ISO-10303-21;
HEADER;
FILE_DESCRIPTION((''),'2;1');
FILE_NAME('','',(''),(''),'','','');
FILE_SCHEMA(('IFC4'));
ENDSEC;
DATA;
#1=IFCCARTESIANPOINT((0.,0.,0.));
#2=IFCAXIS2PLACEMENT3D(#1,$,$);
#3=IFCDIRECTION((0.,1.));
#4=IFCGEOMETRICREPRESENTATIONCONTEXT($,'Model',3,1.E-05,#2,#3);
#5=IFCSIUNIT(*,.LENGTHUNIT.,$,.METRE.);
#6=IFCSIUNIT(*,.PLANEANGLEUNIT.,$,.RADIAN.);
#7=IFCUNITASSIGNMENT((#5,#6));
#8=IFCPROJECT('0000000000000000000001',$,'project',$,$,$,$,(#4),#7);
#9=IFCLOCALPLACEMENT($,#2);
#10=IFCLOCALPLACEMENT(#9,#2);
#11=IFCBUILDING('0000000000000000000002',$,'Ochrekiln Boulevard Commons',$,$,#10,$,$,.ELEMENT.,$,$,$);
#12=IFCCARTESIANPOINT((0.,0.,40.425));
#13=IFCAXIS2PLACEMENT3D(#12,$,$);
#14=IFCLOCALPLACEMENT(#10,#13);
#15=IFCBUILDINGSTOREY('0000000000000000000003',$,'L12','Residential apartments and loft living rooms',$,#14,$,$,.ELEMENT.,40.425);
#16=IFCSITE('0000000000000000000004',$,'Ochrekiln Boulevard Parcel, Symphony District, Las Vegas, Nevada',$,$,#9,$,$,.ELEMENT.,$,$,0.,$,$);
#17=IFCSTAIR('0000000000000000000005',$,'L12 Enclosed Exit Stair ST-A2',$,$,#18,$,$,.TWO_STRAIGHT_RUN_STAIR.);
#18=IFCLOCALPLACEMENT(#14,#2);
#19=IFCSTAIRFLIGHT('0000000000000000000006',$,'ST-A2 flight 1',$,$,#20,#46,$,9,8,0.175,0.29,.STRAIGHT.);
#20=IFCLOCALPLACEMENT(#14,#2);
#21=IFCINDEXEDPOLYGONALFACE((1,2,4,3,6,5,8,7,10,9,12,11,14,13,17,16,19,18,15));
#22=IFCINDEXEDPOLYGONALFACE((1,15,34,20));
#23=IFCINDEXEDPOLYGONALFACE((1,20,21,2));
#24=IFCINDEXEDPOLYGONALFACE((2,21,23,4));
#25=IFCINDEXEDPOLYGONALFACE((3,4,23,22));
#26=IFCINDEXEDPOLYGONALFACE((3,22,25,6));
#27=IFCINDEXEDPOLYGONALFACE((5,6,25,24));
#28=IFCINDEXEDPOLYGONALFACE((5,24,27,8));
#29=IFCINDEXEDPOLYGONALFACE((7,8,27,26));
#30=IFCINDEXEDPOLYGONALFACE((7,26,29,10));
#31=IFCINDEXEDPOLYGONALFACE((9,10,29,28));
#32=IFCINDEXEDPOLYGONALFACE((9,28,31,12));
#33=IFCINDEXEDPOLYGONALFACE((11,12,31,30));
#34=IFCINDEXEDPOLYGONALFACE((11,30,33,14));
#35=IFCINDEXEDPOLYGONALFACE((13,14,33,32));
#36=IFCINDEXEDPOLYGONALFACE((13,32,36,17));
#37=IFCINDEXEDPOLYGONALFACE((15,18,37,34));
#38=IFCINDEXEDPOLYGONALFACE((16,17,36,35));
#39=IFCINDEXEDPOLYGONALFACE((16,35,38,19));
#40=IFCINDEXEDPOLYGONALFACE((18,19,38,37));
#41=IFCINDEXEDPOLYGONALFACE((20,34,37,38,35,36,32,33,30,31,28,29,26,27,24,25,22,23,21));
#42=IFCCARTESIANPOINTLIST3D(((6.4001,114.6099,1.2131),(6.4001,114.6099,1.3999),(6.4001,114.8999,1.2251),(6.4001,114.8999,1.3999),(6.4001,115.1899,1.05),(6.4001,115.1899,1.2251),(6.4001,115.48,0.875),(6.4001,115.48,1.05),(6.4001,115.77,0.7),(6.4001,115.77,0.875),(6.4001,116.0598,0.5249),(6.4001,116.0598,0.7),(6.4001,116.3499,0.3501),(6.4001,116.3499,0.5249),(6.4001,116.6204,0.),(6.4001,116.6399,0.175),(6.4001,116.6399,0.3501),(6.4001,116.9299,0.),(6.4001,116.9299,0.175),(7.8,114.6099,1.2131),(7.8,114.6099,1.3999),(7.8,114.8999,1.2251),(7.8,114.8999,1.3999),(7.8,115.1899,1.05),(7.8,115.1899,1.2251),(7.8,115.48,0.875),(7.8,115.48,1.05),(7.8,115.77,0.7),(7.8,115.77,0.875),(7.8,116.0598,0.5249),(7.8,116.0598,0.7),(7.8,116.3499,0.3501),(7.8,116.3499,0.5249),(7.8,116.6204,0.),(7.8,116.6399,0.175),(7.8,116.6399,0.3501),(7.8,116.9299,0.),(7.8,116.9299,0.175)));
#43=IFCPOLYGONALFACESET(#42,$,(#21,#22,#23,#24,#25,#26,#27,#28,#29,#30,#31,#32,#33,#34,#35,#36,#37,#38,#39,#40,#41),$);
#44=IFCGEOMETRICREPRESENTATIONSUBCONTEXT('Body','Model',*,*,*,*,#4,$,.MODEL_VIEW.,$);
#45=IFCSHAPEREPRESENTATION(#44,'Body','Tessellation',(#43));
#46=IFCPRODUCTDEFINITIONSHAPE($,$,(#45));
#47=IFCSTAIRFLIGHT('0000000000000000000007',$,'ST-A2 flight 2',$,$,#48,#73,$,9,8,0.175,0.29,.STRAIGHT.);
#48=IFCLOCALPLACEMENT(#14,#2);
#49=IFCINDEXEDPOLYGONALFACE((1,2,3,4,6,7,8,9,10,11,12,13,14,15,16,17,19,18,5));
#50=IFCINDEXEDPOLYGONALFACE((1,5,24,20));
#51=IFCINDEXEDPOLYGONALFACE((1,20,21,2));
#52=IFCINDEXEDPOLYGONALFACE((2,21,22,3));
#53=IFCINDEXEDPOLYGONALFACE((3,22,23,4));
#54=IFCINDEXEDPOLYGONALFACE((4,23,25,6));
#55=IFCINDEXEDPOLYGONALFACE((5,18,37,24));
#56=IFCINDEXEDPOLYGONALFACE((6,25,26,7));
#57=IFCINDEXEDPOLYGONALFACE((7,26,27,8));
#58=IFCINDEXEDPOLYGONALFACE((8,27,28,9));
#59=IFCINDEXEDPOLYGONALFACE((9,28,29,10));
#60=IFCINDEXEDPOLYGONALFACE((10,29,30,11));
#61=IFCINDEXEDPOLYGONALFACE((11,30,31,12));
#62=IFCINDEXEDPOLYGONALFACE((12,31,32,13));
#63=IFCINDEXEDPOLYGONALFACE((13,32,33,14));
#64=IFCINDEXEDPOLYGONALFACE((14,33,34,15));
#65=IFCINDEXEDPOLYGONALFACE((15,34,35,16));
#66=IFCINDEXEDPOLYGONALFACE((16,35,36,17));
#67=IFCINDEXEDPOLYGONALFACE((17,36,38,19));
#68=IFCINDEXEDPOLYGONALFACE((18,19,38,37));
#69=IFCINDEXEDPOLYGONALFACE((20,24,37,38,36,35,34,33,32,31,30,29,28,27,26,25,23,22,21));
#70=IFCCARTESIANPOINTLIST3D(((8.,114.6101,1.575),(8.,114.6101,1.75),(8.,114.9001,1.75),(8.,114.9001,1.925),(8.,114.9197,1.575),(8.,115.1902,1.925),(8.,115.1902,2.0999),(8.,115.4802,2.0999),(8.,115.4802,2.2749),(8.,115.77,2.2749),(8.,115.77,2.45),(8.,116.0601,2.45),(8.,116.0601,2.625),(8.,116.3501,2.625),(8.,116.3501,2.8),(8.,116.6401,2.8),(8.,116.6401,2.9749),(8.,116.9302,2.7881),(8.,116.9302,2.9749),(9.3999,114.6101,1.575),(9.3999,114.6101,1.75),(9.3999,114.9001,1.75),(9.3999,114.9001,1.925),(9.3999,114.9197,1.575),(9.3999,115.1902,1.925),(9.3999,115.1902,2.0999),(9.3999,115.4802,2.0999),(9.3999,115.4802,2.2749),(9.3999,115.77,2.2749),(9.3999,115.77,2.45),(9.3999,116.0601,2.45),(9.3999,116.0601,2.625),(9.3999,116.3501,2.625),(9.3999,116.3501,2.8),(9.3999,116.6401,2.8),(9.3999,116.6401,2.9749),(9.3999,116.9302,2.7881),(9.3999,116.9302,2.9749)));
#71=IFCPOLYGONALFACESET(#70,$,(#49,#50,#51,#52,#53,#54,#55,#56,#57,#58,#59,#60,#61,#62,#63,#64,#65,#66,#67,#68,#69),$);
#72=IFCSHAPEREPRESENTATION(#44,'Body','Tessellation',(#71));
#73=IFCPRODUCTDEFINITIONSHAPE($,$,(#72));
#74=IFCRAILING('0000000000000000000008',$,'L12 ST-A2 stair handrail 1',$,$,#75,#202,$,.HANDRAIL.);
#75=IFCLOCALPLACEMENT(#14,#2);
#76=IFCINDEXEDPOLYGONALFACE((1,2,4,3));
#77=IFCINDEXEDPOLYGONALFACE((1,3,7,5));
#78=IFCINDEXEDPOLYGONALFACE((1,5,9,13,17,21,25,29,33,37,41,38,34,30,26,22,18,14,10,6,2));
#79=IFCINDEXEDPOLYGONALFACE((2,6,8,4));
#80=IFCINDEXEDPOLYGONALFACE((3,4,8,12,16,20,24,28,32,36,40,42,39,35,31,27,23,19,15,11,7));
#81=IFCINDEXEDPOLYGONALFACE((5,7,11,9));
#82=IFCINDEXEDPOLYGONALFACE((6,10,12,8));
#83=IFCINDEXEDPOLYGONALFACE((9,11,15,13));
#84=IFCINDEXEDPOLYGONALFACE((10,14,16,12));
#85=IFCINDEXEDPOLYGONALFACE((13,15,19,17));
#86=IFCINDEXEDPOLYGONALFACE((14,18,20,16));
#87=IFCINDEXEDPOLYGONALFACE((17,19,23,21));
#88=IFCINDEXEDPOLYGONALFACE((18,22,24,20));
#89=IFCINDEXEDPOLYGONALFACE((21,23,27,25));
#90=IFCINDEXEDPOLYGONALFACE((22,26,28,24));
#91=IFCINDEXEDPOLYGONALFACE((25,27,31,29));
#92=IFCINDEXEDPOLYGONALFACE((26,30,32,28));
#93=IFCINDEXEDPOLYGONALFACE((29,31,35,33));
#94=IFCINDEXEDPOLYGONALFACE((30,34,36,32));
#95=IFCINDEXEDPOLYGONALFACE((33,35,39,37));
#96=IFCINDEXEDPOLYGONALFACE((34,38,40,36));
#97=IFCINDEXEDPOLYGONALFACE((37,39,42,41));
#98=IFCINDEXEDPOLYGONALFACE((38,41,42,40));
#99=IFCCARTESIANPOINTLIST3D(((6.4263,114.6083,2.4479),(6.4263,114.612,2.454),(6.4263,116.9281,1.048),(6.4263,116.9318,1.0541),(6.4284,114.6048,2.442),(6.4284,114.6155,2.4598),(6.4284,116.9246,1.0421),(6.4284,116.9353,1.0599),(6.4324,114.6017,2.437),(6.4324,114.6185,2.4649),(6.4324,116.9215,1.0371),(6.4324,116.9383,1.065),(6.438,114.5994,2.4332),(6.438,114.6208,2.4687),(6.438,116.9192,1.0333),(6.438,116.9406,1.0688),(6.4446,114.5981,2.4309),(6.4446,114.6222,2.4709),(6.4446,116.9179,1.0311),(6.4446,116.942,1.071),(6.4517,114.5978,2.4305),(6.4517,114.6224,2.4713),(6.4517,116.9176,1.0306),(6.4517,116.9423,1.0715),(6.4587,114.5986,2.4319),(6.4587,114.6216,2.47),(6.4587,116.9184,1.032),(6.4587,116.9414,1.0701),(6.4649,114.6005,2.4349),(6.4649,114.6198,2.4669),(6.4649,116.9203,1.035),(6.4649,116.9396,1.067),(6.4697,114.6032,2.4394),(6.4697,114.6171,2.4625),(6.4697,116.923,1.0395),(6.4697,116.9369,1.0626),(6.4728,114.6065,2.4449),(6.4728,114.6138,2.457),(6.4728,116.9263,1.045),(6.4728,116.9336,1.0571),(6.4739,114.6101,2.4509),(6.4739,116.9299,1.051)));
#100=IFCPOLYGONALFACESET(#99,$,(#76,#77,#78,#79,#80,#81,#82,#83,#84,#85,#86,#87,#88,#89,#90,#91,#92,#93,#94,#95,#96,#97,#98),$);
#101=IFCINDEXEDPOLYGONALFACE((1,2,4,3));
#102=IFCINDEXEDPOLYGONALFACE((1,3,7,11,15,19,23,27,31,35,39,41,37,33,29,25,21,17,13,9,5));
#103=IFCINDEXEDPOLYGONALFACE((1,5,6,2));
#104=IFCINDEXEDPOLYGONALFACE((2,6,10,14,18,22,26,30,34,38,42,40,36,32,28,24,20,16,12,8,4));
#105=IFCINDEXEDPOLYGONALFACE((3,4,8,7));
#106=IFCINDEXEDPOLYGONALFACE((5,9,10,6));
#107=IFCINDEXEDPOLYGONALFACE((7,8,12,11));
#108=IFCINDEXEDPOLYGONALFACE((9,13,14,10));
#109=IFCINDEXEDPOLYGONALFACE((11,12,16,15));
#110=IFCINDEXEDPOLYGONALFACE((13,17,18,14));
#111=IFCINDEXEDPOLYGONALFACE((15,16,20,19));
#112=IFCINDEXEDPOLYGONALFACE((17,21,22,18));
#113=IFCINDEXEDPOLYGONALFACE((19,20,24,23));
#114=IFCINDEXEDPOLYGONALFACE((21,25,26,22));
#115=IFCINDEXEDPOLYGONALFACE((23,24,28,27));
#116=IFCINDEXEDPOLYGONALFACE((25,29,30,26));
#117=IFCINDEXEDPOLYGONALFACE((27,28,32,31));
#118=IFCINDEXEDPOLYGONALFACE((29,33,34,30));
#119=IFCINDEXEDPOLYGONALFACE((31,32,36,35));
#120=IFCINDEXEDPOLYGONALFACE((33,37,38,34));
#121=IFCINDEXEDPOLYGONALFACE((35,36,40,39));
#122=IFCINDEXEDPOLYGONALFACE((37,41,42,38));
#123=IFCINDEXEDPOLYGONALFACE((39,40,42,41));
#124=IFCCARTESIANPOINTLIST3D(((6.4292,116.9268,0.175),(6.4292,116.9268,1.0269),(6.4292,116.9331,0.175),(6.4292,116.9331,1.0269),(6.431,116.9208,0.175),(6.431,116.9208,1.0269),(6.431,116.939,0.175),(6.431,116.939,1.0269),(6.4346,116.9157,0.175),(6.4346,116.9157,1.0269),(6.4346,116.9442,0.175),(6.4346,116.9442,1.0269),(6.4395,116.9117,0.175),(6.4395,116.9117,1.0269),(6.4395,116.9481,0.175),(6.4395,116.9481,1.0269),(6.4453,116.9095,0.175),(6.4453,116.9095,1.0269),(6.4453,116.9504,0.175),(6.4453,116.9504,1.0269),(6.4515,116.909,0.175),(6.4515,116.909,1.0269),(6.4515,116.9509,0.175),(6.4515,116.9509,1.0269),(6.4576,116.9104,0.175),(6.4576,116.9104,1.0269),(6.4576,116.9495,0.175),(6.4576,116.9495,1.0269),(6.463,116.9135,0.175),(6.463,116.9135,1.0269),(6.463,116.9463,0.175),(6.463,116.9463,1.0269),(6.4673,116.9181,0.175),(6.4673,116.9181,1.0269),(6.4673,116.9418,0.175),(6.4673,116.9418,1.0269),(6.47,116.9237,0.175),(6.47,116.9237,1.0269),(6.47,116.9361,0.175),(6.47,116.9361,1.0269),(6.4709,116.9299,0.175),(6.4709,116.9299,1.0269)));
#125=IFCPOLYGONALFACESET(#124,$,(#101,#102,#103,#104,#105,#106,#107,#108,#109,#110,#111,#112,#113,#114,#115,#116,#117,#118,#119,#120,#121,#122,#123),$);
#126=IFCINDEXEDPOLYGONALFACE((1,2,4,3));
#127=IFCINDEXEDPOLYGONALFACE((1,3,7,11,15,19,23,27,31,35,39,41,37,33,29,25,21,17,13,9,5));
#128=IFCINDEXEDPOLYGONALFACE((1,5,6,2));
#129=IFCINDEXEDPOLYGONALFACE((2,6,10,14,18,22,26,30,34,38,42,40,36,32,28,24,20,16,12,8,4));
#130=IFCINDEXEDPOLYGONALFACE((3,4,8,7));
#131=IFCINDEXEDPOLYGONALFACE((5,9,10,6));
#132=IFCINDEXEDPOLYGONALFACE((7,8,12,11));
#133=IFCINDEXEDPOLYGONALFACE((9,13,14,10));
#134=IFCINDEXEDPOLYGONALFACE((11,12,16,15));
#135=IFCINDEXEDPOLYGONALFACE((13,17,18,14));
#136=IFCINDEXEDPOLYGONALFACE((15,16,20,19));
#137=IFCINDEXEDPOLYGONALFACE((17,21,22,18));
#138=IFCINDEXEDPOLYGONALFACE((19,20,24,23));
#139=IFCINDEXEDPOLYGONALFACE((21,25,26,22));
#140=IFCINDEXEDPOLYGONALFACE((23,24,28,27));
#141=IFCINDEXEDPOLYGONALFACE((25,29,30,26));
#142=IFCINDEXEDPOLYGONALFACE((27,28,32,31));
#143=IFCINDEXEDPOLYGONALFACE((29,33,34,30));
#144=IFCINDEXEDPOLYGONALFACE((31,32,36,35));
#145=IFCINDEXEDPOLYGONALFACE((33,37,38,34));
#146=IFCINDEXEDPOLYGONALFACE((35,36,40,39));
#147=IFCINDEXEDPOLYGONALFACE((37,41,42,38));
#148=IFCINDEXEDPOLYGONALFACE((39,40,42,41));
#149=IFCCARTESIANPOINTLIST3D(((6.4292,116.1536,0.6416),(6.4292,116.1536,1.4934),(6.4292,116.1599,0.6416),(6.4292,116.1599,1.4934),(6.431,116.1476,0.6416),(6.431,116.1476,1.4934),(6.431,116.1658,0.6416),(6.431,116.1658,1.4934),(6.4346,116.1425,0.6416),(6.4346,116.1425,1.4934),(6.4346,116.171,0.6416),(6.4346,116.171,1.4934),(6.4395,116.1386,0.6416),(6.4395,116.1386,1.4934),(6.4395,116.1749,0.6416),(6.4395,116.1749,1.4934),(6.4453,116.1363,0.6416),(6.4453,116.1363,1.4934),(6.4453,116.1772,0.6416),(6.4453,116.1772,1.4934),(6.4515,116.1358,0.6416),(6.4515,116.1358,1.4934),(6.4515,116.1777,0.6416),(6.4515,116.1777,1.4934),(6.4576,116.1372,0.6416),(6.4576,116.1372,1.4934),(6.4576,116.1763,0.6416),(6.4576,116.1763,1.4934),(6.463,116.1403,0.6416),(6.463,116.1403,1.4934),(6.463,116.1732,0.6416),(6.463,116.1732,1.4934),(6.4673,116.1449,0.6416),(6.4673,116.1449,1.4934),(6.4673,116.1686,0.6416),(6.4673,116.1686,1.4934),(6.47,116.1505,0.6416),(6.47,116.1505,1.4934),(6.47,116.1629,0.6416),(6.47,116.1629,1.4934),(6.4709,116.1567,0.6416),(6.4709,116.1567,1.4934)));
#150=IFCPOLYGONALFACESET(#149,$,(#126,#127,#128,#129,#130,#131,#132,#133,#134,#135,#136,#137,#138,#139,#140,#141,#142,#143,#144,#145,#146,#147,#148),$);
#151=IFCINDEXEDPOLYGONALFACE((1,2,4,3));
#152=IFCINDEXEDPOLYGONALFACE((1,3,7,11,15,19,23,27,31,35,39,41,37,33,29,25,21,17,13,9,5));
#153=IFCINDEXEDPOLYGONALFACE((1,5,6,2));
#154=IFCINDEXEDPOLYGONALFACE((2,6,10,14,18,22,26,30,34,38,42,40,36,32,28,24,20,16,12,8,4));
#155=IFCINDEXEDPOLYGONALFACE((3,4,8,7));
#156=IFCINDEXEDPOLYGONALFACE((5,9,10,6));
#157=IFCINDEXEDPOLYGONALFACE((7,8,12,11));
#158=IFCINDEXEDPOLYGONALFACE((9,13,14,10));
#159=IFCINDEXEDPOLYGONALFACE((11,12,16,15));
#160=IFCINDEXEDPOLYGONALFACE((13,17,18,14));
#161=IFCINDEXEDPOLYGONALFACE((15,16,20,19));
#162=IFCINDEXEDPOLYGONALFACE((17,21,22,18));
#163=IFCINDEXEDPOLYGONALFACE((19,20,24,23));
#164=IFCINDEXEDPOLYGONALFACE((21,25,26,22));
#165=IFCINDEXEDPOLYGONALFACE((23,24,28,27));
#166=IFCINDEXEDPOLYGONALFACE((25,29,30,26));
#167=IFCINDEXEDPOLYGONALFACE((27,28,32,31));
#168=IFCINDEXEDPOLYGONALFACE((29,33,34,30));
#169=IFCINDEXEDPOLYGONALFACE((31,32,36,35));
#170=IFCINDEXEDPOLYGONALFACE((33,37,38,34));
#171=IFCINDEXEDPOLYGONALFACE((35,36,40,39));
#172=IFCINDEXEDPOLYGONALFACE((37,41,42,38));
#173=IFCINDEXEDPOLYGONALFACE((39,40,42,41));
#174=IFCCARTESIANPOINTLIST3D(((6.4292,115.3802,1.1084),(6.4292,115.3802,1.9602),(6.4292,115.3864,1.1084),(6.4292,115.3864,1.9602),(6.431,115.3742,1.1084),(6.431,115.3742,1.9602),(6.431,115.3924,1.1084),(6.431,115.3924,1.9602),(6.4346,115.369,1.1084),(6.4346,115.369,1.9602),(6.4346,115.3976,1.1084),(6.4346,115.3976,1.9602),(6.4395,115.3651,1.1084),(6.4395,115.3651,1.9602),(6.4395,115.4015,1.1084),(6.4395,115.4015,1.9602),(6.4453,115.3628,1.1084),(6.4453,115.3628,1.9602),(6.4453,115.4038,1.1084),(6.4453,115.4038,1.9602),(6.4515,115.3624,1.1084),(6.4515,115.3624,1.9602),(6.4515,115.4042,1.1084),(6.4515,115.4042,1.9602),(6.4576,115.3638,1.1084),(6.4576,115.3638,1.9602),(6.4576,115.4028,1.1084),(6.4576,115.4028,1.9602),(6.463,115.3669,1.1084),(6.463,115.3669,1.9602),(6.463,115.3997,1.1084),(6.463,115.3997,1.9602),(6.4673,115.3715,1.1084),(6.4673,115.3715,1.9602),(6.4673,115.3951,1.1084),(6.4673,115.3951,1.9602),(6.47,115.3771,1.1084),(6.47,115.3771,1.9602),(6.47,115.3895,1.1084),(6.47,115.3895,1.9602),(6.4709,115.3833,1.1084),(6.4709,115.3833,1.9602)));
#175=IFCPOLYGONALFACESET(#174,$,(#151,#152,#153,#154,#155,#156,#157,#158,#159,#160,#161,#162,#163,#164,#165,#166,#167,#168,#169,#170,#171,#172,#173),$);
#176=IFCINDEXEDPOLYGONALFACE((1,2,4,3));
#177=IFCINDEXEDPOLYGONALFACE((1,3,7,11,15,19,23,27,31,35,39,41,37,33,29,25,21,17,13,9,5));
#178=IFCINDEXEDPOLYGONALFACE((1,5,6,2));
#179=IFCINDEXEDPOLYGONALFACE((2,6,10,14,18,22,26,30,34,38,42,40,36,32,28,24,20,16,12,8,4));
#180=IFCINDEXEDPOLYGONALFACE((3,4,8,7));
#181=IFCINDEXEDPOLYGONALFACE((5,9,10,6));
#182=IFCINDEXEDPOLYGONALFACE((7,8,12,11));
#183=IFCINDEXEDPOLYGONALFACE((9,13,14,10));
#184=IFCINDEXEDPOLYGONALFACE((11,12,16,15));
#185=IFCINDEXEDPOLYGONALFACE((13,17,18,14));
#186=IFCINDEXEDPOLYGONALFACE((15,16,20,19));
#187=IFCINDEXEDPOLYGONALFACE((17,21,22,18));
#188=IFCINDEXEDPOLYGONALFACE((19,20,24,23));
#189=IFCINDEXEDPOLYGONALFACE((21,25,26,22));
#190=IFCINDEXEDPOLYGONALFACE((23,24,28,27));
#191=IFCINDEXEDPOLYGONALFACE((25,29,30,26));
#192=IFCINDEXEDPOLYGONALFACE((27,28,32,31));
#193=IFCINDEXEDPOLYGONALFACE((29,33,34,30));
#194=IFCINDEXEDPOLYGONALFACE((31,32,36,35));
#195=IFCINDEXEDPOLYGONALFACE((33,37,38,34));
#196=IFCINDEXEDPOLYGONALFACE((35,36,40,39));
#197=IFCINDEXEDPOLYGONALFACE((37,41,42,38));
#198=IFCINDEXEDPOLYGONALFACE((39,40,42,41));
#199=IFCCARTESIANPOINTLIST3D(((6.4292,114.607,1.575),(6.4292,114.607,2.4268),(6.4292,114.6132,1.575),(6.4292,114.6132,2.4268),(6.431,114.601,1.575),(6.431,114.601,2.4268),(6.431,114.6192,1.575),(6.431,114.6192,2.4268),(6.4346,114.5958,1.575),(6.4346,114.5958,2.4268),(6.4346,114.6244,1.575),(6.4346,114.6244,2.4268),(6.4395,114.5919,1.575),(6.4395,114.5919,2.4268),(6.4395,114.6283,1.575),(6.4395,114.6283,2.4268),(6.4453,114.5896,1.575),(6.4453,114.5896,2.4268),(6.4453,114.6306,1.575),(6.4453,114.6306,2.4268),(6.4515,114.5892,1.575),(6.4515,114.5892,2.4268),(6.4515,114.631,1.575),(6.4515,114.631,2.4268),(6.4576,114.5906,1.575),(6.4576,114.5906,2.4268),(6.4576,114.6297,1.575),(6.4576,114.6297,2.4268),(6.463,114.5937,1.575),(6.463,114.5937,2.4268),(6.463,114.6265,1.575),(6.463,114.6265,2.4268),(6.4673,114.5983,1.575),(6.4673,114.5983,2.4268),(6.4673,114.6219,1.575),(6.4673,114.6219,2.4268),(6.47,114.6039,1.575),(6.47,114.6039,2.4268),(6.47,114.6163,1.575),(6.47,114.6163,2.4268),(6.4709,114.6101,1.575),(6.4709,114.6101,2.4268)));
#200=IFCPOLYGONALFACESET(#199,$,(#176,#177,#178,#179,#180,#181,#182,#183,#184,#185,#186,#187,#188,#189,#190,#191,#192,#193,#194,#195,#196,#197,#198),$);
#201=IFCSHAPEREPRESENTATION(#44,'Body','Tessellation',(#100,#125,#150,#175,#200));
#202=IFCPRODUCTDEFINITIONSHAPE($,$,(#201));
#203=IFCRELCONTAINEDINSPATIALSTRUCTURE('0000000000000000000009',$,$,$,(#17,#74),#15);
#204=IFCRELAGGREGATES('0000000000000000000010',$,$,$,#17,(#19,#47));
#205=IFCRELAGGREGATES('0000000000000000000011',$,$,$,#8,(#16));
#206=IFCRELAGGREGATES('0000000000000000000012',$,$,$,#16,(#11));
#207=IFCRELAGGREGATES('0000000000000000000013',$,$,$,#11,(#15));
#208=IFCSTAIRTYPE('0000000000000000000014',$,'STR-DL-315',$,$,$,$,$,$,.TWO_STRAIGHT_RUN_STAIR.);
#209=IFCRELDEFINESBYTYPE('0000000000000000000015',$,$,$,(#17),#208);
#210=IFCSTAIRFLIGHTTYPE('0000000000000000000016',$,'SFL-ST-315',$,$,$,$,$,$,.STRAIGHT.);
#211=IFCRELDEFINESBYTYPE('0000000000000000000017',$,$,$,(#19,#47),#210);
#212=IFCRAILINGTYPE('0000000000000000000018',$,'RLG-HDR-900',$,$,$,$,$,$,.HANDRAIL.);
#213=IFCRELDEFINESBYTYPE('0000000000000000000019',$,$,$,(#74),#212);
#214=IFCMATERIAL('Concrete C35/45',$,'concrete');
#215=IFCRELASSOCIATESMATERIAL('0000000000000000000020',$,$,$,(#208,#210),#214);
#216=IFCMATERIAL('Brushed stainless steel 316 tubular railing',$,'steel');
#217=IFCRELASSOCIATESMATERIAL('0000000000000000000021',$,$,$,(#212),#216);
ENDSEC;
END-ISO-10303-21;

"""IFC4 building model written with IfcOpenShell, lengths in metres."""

from ifc_helpers import new_model, si_unit, direction, frame, origin, origin_2d, place, context, subcontext, project, spatial, polyline, circle, outline, extrude, material, type_object, element, aggregate, save


model = new_model("IFC4")

# Units and contexts
model_context = context("Model", 3, precision=1e-05, world=origin(), true_north=direction((0.0, 1.0)))
body_context = subcontext(model_context, "Body", "Model", "MODEL_VIEW")
ifc_project = project(units=[si_unit("LENGTHUNIT", "METRE"), si_unit("PLANEANGLEUNIT", "RADIAN")], contexts=[model_context])

# Site, building, storey
site_placement = place(None, origin())
site = spatial("IfcSite", under=ifc_project, at=site_placement, Name="Ochrekiln Boulevard Parcel, Symphony District, Las Vegas, Nevada", CompositionType="ELEMENT", RefElevation=0.0)
building_placement = place(site_placement, origin())
building = spatial("IfcBuilding", under=site, at=building_placement, Name="Ochrekiln Boulevard Commons", CompositionType="ELEMENT")
storey_placement = place(building_placement, frame((0.0, 0.0, 40.425)))
storey = spatial("IfcBuildingStorey", under=building, at=storey_placement, Name="L12", Description="Residential apartments and loft living rooms", CompositionType="ELEMENT", Elevation=40.425)

# Shared definitions
ifc_material_1 = material(Name="Concrete C35/45", Category="concrete")

# Stair, stair flights
stair_type = type_object("IfcStairType", Name="STR-DL-315", PredefinedType="TWO_STRAIGHT_RUN_STAIR", material=ifc_material_1)
stair_placement = place(storey_placement, origin())
stair = element("IfcStair", 1, at=stair_placement, inside=storey, type_object=stair_type, Name="L12 Enclosed Exit Stair ST-A2", PredefinedType="TWO_STRAIGHT_RUN_STAIR")
stair_flight_type = type_object("IfcStairFlightType", Name="SFL-ST-315", PredefinedType="STRAIGHT", material=ifc_material_1)
stair_flight_1_placement = place(storey_placement, frame((7.1001, 116.9299, 0.0), z_axis=(0.0, 0.0, 1.0), x_axis=(0.0, -1.0, 0.0)))
stair_flight_1 = element("IfcStairFlight", 2, at=stair_flight_1_placement, type_object=stair_flight_type, Name="ST-A2 flight 1", NumberOfRisers=9, NumberOfTreads=8, PredefinedType="STRAIGHT", RiserHeight=0.175, TreadLength=0.29, context=body_context, shape_type="SweptSolid", body=[
    extrude(outline(polyline([(0.0, 0.0), (0.0, 0.175), (0.29, 0.175), (0.29, 0.3501), (0.5801, 0.3501), (0.5801, 0.5249), (0.8701, 0.5249), (0.8701, 0.7), (1.1599, 0.7), (1.1599, 0.875), (1.45, 0.875), (1.45, 1.05), (1.74, 1.05), (1.74, 1.2251), (2.03, 1.2251), (2.03, 1.3999), (2.3201, 1.3999), (2.3201, 1.575), (2.3201, 1.2131), (0.3096, 0.0), (0.0, 0.0)])), frame((0.0, 0.7, 0.0), z_axis=(0.0, -1.0, 0.0), x_axis=(1.0, 0.0, 0.0)), (0.0, 0.0, 1.0), 1.3999),
])
stair_flight_2_placement = place(storey_placement, frame((8.7, 114.6101, 1.575), z_axis=(0.0, 0.0, 1.0), x_axis=(0.0, 1.0, 0.0)))
stair_flight_2 = element("IfcStairFlight", 3, at=stair_flight_2_placement, type_object=stair_flight_type, Name="ST-A2 flight 2", NumberOfRisers=9, NumberOfTreads=8, PredefinedType="STRAIGHT", RiserHeight=0.175, TreadLength=0.29, context=body_context, shape_type="SweptSolid", body=[
    extrude(outline(polyline([(0.0, 0.0), (0.0, 0.175), (0.29, 0.175), (0.29, 0.3501), (0.5801, 0.3501), (0.5801, 0.5249), (0.8701, 0.5249), (0.8701, 0.7), (1.1599, 0.7), (1.1599, 0.875), (1.45, 0.875), (1.45, 1.05), (1.74, 1.05), (1.74, 1.2251), (2.03, 1.2251), (2.03, 1.3999), (2.3201, 1.3999), (2.3201, 1.575), (2.3201, 1.2131), (0.3096, 0.0), (0.0, 0.0)])), frame((0.0, 0.7, 0.0), z_axis=(0.0, -1.0, 0.0), x_axis=(1.0, 0.0, 0.0)), (0.0, 0.0, 1.0), 1.3999),
])
aggregate(stair, [stair_flight_1, stair_flight_2])

# Railing
ifc_material_2 = material(Name="Brushed stainless steel 316 tubular railing", Category="steel")
railing_type_1 = type_object("IfcRailingType", Name="RLG-HDR-900", PredefinedType="HANDRAIL", material=ifc_material_2)
railing_1_placement = place(storey_placement, frame((6.45, 116.9299, 0.175)))
element("IfcRailing", 4, at=railing_1_placement, inside=storey, type_object=railing_type_1, Name="L12 ST-A2 stair handrail 1", PredefinedType="HANDRAIL", context=body_context, shape_type="SweptSolid", body=[
    extrude(circle(Radius=0.0239, at=origin_2d()), frame((0.0, 0.0, 0.876), z_axis=(0.0, -0.856186, 0.516667), x_axis=(1.0, 0.0, 0.0)), (0.0, 0.0, 1.0), 2.7095),
    extrude(circle(Radius=0.021, at=origin_2d()), origin(), (0.0, 0.0, 1.0), 0.8518),
    extrude(circle(Radius=0.021, at=origin_2d()), frame((0.0, -0.7732, 0.4666)), (0.0, 0.0, 1.0), 0.8518),
    extrude(circle(Radius=0.021, at=origin_2d()), frame((0.0, -1.5466, 0.9333)), (0.0, 0.0, 1.0), 0.8518),
    extrude(circle(Radius=0.021, at=origin_2d()), frame((0.0, -2.3198, 1.3999)), (0.0, 0.0, 1.0), 0.8518),
])

save(model, "model.ifc")
